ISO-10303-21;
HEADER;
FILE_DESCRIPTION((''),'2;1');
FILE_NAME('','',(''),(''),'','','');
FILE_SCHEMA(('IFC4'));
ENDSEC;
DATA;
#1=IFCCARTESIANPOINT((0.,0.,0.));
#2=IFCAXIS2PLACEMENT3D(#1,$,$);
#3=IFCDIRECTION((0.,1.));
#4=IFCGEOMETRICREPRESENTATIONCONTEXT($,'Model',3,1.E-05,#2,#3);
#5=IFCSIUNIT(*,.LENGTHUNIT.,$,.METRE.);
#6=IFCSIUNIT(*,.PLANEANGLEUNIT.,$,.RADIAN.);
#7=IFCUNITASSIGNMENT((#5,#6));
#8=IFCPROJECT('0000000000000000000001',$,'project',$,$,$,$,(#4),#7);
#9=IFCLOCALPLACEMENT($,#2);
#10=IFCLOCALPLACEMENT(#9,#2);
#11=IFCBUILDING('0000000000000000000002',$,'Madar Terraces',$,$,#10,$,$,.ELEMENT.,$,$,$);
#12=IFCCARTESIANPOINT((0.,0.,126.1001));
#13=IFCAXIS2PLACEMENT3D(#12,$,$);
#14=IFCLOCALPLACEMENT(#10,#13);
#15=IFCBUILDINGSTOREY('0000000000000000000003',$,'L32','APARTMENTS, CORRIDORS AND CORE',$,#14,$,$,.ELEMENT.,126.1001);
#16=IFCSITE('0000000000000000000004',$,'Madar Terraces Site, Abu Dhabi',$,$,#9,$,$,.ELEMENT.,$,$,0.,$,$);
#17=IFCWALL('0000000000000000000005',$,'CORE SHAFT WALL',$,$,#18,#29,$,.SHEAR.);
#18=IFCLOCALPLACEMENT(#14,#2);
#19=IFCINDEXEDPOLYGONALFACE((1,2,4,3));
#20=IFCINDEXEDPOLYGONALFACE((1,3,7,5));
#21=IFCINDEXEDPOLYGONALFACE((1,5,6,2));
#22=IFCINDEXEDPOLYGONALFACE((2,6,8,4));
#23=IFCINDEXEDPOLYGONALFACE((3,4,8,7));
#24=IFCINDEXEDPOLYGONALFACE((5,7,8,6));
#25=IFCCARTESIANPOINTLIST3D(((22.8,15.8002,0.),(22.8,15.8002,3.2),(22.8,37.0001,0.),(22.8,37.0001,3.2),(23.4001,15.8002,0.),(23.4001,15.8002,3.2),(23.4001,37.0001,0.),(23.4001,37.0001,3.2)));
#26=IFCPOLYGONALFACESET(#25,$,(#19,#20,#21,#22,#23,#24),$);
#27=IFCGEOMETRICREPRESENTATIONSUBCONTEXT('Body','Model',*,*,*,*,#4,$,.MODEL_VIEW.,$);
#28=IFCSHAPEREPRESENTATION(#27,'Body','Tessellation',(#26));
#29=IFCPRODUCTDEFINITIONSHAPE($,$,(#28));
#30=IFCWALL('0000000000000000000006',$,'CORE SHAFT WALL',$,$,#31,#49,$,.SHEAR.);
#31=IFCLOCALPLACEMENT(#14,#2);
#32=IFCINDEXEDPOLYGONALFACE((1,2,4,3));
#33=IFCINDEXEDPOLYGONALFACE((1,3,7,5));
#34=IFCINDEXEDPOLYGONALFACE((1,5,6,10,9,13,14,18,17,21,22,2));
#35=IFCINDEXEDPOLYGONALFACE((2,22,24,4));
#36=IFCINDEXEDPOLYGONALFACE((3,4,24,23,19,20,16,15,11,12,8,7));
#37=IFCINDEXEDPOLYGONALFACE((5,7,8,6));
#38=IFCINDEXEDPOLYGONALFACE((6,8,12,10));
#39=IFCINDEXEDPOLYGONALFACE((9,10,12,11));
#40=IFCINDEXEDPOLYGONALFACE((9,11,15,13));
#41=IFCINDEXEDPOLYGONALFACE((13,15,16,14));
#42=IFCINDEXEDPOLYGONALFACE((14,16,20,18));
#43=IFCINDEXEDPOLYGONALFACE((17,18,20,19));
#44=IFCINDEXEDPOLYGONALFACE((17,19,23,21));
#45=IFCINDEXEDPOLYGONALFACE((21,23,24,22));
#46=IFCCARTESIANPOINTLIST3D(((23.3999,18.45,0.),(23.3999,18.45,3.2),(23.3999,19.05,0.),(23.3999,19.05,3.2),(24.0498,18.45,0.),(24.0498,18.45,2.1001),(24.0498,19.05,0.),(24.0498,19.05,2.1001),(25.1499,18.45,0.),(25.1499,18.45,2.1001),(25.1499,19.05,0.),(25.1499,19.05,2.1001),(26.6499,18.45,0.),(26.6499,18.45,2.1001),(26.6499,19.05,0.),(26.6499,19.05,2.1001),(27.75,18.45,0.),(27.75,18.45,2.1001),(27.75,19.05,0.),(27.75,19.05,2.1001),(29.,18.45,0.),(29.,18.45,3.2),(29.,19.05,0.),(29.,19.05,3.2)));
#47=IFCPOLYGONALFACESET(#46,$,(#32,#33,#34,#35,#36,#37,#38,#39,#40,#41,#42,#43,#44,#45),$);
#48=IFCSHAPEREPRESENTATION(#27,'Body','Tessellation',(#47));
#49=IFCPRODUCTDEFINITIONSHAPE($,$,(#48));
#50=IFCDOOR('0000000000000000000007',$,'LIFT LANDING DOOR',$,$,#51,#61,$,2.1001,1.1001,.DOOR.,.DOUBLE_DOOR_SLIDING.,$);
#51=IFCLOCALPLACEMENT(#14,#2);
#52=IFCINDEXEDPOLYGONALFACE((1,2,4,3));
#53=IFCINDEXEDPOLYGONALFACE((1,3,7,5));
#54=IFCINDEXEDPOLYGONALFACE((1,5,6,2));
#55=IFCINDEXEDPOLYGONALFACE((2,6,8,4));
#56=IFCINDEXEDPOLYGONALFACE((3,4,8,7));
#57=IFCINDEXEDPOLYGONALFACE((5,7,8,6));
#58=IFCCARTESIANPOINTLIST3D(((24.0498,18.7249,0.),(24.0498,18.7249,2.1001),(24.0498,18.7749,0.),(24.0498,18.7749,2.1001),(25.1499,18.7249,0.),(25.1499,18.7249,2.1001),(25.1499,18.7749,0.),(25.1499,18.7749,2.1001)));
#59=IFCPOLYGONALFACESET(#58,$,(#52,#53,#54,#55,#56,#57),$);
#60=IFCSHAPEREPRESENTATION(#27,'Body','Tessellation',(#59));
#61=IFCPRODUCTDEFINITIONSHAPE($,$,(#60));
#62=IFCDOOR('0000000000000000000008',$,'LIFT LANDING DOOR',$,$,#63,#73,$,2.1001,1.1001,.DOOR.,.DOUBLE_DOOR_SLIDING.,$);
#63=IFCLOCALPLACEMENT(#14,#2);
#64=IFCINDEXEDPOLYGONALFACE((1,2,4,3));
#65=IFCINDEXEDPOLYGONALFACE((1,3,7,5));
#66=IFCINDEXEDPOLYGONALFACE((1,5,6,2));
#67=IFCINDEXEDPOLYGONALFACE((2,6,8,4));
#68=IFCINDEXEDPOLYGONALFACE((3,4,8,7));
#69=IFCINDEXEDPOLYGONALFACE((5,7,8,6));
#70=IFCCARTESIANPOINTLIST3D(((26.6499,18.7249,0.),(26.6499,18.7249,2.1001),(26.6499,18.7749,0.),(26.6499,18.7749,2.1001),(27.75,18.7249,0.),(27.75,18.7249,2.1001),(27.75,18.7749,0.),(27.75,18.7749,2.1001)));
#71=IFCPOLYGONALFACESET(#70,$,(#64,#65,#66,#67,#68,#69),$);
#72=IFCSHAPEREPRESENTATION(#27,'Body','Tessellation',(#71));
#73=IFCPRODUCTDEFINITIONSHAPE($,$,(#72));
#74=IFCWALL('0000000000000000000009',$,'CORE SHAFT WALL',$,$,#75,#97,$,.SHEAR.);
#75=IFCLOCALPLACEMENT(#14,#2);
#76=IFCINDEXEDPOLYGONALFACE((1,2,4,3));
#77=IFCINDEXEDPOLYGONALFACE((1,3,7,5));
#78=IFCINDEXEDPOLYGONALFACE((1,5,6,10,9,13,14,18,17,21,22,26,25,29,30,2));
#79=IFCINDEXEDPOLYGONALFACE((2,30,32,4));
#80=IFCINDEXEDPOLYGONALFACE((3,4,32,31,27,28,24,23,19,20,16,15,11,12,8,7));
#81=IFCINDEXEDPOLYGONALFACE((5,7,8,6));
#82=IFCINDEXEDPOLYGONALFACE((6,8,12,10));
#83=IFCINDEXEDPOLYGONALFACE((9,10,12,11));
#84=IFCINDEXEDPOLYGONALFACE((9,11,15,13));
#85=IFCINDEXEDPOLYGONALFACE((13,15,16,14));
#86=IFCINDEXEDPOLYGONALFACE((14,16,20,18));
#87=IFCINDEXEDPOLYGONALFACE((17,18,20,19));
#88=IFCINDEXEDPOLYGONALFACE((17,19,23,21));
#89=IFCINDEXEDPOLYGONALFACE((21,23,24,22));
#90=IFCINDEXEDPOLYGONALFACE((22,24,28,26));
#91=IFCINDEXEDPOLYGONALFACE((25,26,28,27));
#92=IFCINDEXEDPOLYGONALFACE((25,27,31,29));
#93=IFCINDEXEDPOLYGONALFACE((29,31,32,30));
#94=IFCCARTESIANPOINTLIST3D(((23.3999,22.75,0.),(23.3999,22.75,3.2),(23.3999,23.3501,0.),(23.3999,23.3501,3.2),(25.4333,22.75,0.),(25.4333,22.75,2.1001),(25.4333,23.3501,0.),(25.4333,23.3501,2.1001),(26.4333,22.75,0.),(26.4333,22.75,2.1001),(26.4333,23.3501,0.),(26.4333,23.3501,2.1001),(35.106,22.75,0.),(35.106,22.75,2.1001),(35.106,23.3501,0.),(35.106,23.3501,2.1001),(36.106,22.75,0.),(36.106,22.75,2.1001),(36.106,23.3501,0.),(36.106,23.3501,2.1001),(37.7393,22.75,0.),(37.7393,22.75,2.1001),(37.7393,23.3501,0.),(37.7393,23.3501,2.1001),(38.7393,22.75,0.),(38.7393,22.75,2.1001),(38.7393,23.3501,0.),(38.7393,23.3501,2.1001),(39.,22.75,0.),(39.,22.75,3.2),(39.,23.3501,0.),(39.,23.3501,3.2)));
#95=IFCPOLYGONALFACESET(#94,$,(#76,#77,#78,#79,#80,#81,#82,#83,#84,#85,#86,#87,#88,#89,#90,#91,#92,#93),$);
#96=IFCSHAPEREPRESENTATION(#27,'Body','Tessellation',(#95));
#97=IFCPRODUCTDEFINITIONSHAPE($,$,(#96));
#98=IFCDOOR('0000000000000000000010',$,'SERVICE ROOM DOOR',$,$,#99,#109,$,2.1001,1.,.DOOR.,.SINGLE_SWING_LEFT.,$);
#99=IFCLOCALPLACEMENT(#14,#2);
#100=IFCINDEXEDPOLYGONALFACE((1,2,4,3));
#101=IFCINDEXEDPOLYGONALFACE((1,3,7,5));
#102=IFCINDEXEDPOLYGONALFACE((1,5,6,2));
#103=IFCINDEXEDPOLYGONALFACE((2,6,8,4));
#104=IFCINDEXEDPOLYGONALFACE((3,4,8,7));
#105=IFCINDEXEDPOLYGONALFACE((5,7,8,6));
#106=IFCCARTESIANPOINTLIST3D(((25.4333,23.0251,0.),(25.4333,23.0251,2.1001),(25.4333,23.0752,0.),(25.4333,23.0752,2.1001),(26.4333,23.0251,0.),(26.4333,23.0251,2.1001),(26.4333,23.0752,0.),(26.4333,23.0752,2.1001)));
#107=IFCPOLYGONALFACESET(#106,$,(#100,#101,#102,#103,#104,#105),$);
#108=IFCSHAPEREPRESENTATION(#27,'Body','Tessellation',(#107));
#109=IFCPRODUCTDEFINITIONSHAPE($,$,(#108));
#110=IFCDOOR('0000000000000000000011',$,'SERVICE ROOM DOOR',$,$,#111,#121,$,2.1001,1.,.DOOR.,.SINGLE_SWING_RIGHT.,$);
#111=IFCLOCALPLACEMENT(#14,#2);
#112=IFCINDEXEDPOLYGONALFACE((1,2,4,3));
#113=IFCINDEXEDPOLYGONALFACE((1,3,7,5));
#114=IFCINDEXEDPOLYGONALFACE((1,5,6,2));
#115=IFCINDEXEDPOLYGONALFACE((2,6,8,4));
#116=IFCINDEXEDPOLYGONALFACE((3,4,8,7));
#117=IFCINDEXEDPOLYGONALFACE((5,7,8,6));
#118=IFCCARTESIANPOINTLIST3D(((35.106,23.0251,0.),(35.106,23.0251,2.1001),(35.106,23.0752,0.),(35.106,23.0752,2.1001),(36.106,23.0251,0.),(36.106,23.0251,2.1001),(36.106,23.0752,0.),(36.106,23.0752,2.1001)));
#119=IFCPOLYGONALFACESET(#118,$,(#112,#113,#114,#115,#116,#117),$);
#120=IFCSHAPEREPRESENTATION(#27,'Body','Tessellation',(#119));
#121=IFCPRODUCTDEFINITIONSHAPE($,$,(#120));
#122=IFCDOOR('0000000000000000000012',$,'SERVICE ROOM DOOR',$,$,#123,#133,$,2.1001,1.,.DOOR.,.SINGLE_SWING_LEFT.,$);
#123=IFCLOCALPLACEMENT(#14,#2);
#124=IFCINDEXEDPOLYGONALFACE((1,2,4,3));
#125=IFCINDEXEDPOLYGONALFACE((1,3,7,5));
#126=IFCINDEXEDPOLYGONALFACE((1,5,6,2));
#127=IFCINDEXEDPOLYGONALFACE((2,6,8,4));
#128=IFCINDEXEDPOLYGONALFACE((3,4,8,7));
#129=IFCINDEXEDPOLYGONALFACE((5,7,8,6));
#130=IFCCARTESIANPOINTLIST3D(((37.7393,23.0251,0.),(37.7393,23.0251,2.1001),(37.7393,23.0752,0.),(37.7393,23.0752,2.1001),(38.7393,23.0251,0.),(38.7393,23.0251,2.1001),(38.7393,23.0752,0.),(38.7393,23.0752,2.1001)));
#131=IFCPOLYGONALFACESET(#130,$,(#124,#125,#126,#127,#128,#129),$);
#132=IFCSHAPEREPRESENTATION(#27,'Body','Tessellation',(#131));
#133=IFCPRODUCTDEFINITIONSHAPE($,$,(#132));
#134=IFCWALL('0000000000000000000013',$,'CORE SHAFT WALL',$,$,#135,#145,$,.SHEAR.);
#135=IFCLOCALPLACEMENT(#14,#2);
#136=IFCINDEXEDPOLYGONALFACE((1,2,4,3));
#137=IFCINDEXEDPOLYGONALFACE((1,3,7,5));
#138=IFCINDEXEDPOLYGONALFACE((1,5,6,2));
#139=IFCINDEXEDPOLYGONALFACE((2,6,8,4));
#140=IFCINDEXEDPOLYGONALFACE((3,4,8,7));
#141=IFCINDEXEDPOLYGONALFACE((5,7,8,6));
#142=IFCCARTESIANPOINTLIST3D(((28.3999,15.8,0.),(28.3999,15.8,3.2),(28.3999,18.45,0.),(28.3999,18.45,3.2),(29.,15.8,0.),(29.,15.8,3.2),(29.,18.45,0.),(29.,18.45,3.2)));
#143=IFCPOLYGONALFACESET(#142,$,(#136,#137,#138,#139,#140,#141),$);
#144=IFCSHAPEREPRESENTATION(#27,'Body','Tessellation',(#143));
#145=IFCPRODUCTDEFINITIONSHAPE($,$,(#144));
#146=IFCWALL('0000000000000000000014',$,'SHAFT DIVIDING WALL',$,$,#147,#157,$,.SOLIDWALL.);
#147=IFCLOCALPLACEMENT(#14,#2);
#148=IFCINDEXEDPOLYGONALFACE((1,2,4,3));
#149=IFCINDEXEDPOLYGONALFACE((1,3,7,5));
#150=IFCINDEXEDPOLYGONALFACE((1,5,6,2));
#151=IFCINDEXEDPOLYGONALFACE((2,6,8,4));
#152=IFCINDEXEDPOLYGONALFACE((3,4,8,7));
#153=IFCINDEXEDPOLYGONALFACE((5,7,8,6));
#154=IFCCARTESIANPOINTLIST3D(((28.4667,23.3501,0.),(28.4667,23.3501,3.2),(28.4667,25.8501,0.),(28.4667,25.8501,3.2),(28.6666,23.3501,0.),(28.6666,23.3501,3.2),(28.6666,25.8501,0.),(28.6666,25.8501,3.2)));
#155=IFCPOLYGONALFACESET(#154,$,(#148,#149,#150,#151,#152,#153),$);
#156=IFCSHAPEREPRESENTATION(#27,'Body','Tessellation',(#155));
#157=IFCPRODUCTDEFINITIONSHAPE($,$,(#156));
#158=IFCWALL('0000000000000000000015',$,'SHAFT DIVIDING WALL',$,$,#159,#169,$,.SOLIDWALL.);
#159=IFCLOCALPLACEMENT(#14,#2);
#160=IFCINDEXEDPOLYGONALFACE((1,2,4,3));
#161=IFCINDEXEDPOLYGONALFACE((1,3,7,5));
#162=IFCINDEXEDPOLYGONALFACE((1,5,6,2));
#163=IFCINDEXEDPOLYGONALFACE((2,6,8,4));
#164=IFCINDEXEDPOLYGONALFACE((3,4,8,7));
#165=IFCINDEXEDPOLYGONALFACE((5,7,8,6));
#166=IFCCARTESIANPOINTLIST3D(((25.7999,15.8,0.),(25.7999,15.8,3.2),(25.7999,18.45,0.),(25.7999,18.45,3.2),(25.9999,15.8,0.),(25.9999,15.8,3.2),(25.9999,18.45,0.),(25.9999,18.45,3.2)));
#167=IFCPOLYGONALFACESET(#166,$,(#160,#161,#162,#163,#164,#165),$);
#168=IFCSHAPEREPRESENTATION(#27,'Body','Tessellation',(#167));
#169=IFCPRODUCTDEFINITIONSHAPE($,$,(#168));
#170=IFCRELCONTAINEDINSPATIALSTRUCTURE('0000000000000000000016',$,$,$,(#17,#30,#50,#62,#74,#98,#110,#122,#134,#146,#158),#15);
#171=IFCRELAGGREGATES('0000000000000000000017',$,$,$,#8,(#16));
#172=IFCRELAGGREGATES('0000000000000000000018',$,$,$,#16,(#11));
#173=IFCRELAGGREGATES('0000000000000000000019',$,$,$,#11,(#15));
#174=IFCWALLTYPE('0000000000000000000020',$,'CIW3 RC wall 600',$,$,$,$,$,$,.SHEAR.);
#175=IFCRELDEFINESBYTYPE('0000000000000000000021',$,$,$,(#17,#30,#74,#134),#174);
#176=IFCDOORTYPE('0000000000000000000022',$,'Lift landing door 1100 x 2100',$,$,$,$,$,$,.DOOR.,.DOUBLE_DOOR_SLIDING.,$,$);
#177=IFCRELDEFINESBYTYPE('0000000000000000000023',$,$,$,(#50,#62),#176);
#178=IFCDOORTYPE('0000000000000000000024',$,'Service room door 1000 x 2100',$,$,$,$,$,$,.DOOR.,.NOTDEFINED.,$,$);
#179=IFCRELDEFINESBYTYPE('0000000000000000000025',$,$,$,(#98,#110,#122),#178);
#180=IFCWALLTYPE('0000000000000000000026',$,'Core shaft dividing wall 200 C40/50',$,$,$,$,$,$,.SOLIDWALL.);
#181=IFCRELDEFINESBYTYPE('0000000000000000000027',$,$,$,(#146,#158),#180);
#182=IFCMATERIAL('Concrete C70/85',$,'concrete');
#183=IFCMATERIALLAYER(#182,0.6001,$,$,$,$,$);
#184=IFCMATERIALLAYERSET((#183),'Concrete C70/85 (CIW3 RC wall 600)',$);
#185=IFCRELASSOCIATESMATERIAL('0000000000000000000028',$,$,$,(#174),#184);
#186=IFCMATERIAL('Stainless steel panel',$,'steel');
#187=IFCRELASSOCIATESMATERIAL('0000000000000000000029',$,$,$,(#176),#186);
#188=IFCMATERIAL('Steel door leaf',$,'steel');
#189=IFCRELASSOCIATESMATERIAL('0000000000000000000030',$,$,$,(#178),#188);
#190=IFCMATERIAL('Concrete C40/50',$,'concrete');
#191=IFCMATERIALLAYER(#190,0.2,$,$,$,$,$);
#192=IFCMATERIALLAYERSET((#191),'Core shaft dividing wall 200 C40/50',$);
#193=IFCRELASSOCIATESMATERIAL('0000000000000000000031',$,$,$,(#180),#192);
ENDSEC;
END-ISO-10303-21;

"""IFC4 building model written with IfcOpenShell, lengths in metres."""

from ifc_helpers import new_model, si_unit, direction, frame, frame_2d, origin, place, context, subcontext, project, spatial, rectangle, extrude, material, layer, layer_set, type_object, element, fill, save


model = new_model("IFC4")

# Units and contexts
model_context = context("Model", 3, precision=1e-05, world=origin(), true_north=direction((0.0, 1.0)))
body_context = subcontext(model_context, "Body", "Model", "MODEL_VIEW")
ifc_project = project(units=[si_unit("LENGTHUNIT", "METRE"), si_unit("PLANEANGLEUNIT", "RADIAN")], contexts=[model_context])

# Site, building, storey
site_placement = place(None, origin())
site = spatial("IfcSite", under=ifc_project, at=site_placement, Name="Madar Terraces Site, Abu Dhabi", CompositionType="ELEMENT", RefElevation=0.0)
building_placement = place(site_placement, origin())
building = spatial("IfcBuilding", under=site, at=building_placement, Name="Madar Terraces", CompositionType="ELEMENT")
storey_placement = place(building_placement, frame((0.0, 0.0, 126.1001)))
storey = spatial("IfcBuildingStorey", under=building, at=storey_placement, Name="L32", Description="APARTMENTS, CORRIDORS AND CORE", CompositionType="ELEMENT", Elevation=126.1001)

# Wall
ifc_material_1 = material(Name="Concrete C70/85", Category="concrete")
ifc_layer_1 = layer(ifc_material_1, 0.6001)
ifc_layer_set_1 = layer_set([ifc_layer_1], Name="Concrete C70/85 (CIW3 RC wall 600)")
wall_type_1 = type_object("IfcWallType", Name="CIW3 RC wall 600", PredefinedType="SHEAR", material=ifc_layer_set_1)
wall_1_placement = place(storey_placement, frame((23.1001, 15.8, 0.0), z_axis=(0.0, 0.0, 1.0), x_axis=(0.0, 1.0, 0.0)))
element("IfcWall", 1, at=wall_1_placement, inside=storey, type_object=wall_type_1, Name="CORE SHAFT WALL", PredefinedType="SHEAR", context=body_context, shape_type="SweptSolid", body=[
    extrude(rectangle(XDim=21.2, YDim=0.6001, at=frame_2d((10.6001, 0.0))), origin(), (0.0, 0.0, 1.0), 3.2),
])

# Walls, openings, doors
wall_2_placement = place(storey_placement, frame((23.3999, 18.75, 0.0), z_axis=(0.0, 0.0, 1.0), x_axis=(1.0, 0.0, 0.0)))
wall_2 = element("IfcWall", 2, at=wall_2_placement, inside=storey, type_object=wall_type_1, Name="CORE SHAFT WALL", PredefinedType="SHEAR", context=body_context, shape_type="SweptSolid", body=[
    extrude(rectangle(XDim=5.6001, YDim=0.6001, at=frame_2d((2.8, 0.0))), origin(), (0.0, 0.0, 1.0), 3.2),
])
opening_1_placement = place(wall_2_placement, frame((0.6499, 0.0, 0.0)))
opening_1 = element("IfcOpeningElement", 3, at=opening_1_placement, cuts=wall_2, PredefinedType="OPENING", context=body_context, shape_type="SweptSolid", body=[
    extrude(rectangle(XDim=1.1001, YDim=2.1001, at=frame_2d((0.55, 1.05))), frame((0.0, 0.3101, 0.0), z_axis=(0.0, -1.0, 0.0), x_axis=(1.0, 0.0, 0.0)), (0.0, 0.0, 1.0), 0.6201),
])
opening_2_placement = place(wall_2_placement, frame((3.25, 0.0, 0.0)))
opening_2 = element("IfcOpeningElement", 4, at=opening_2_placement, cuts=wall_2, PredefinedType="OPENING", context=body_context, shape_type="SweptSolid", body=[
    extrude(rectangle(XDim=1.1001, YDim=2.1001, at=frame_2d((0.55, 1.05))), frame((0.0, 0.3101, 0.0), z_axis=(0.0, -1.0, 0.0), x_axis=(1.0, 0.0, 0.0)), (0.0, 0.0, 1.0), 0.6201),
])
ifc_material_2 = material(Name="Stainless steel panel", Category="steel")
door_type_1 = type_object("IfcDoorType", Name="Lift landing door 1100 x 2100", OperationType="DOUBLE_DOOR_SLIDING", PredefinedType="DOOR", material=ifc_material_2)
door_1_placement = place(opening_1_placement, origin())
door_1 = element("IfcDoor", 5, at=door_1_placement, inside=storey, type_object=door_type_1, Name="LIFT LANDING DOOR", OperationType="DOUBLE_DOOR_SLIDING", OverallHeight=2.1001, OverallWidth=1.1001, PredefinedType="DOOR", context=body_context, shape_type="SweptSolid", body=[
    extrude(rectangle(XDim=1.1001, YDim=2.1001, at=frame_2d((0.55, 1.05))), frame((0.0, 0.0249, 0.0), z_axis=(0.0, -1.0, 0.0), x_axis=(1.0, 0.0, 0.0)), (0.0, 0.0, 1.0), 0.05),
])
fill(opening_1, door_1)
door_2_placement = place(opening_2_placement, origin())
door_2 = element("IfcDoor", 6, at=door_2_placement, inside=storey, type_object=door_type_1, Name="LIFT LANDING DOOR", OperationType="DOUBLE_DOOR_SLIDING", OverallHeight=2.1001, OverallWidth=1.1001, PredefinedType="DOOR", context=body_context, shape_type="SweptSolid", body=[
    extrude(rectangle(XDim=1.1001, YDim=2.1001, at=frame_2d((0.55, 1.05))), frame((0.0, 0.0249, 0.0), z_axis=(0.0, -1.0, 0.0), x_axis=(1.0, 0.0, 0.0)), (0.0, 0.0, 1.0), 0.05),
])
fill(opening_2, door_2)
wall_3_placement = place(storey_placement, frame((23.3999, 23.05, 0.0), z_axis=(0.0, 0.0, 1.0), x_axis=(1.0, 0.0, 0.0)))
wall_3 = element("IfcWall", 7, at=wall_3_placement, inside=storey, type_object=wall_type_1, Name="CORE SHAFT WALL", PredefinedType="SHEAR", context=body_context, shape_type="SweptSolid", body=[
    extrude(rectangle(XDim=15.6001, YDim=0.6001, at=frame_2d((7.8, 0.0))), origin(), (0.0, 0.0, 1.0), 3.2),
])
opening_3_placement = place(wall_3_placement, frame((2.0334, 0.0, 0.0)))
opening_3 = element("IfcOpeningElement", 8, at=opening_3_placement, cuts=wall_3, PredefinedType="OPENING", context=body_context, shape_type="SweptSolid", body=[
    extrude(rectangle(XDim=1.0, YDim=2.1001, at=frame_2d((0.5, 1.05))), frame((0.0, 0.3101, 0.0), z_axis=(0.0, -1.0, 0.0), x_axis=(1.0, 0.0, 0.0)), (0.0, 0.0, 1.0), 0.6201),
])
opening_4_placement = place(wall_3_placement, frame((11.7061, 0.0, 0.0)))
opening_4 = element("IfcOpeningElement", 9, at=opening_4_placement, cuts=wall_3, PredefinedType="OPENING", context=body_context, shape_type="SweptSolid", body=[
    extrude(rectangle(XDim=1.0, YDim=2.1001, at=frame_2d((0.5, 1.05))), frame((0.0, 0.3101, 0.0), z_axis=(0.0, -1.0, 0.0), x_axis=(1.0, 0.0, 0.0)), (0.0, 0.0, 1.0), 0.6201),
])
opening_5_placement = place(wall_3_placement, frame((14.3394, 0.0, 0.0)))
opening_5 = element("IfcOpeningElement", 10, at=opening_5_placement, cuts=wall_3, PredefinedType="OPENING", context=body_context, shape_type="SweptSolid", body=[
    extrude(rectangle(XDim=1.0, YDim=2.1001, at=frame_2d((0.5, 1.05))), frame((0.0, 0.3101, 0.0), z_axis=(0.0, -1.0, 0.0), x_axis=(1.0, 0.0, 0.0)), (0.0, 0.0, 1.0), 0.6201),
])
ifc_material_3 = material(Name="Steel door leaf", Category="steel")
door_type_2 = type_object("IfcDoorType", Name="Service room door 1000 x 2100", OperationType="NOTDEFINED", PredefinedType="DOOR", material=ifc_material_3)
door_3_placement = place(opening_3_placement, frame((1.0, 0.0, 0.0), z_axis=(0.0, 0.0, 1.0), x_axis=(-1.0, 0.0, 0.0)))
door_3 = element("IfcDoor", 11, at=door_3_placement, inside=storey, type_object=door_type_2, Name="SERVICE ROOM DOOR", OperationType="SINGLE_SWING_LEFT", OverallHeight=2.1001, OverallWidth=1.0, PredefinedType="DOOR", context=body_context, shape_type="SweptSolid", body=[
    extrude(rectangle(XDim=1.0, YDim=2.1001, at=frame_2d((0.5, 1.05))), frame((0.0, 0.0249, 0.0), z_axis=(0.0, -1.0, 0.0), x_axis=(1.0, 0.0, 0.0)), (0.0, 0.0, 1.0), 0.05),
])
fill(opening_3, door_3)
door_4_placement = place(opening_4_placement, frame((1.0, 0.0, 0.0), z_axis=(0.0, 0.0, 1.0), x_axis=(-1.0, 0.0, 0.0)))
door_4 = element("IfcDoor", 12, at=door_4_placement, inside=storey, type_object=door_type_2, Name="SERVICE ROOM DOOR", OperationType="SINGLE_SWING_RIGHT", OverallHeight=2.1001, OverallWidth=1.0, PredefinedType="DOOR", context=body_context, shape_type="SweptSolid", body=[
    extrude(rectangle(XDim=1.0, YDim=2.1001, at=frame_2d((0.5, 1.05))), frame((0.0, 0.0249, 0.0), z_axis=(0.0, -1.0, 0.0), x_axis=(1.0, 0.0, 0.0)), (0.0, 0.0, 1.0), 0.05),
])
fill(opening_4, door_4)
door_5_placement = place(opening_5_placement, frame((1.0, 0.0, 0.0), z_axis=(0.0, 0.0, 1.0), x_axis=(-1.0, 0.0, 0.0)))
door_5 = element("IfcDoor", 13, at=door_5_placement, inside=storey, type_object=door_type_2, Name="SERVICE ROOM DOOR", OperationType="SINGLE_SWING_LEFT", OverallHeight=2.1001, OverallWidth=1.0, PredefinedType="DOOR", context=body_context, shape_type="SweptSolid", body=[
    extrude(rectangle(XDim=1.0, YDim=2.1001, at=frame_2d((0.5, 1.05))), frame((0.0, 0.0249, 0.0), z_axis=(0.0, -1.0, 0.0), x_axis=(1.0, 0.0, 0.0)), (0.0, 0.0, 1.0), 0.05),
])
fill(opening_5, door_5)

# Walls
wall_4_placement = place(storey_placement, frame((28.7, 15.8, 0.0), z_axis=(0.0, 0.0, 1.0), x_axis=(0.0, 1.0, 0.0)))
element("IfcWall", 14, at=wall_4_placement, inside=storey, type_object=wall_type_1, Name="CORE SHAFT WALL", PredefinedType="SHEAR", context=body_context, shape_type="SweptSolid", body=[
    extrude(rectangle(XDim=2.6499, YDim=0.6001, at=frame_2d((1.325, 0.0))), origin(), (0.0, 0.0, 1.0), 3.2),
])
ifc_material_4 = material(Name="Concrete C40/50", Category="concrete")
ifc_layer_2 = layer(ifc_material_4, 0.2)
ifc_layer_set_2 = layer_set([ifc_layer_2], Name="Core shaft dividing wall 200 C40/50")
wall_type_2 = type_object("IfcWallType", Name="Core shaft dividing wall 200 C40/50", PredefinedType="SOLIDWALL", material=ifc_layer_set_2)
wall_5_placement = place(storey_placement, frame((28.5667, 23.3501, 0.0), z_axis=(0.0, 0.0, 1.0), x_axis=(0.0, 1.0, 0.0)))
element("IfcWall", 15, at=wall_5_placement, inside=storey, type_object=wall_type_2, Name="SHAFT DIVIDING WALL", PredefinedType="SOLIDWALL", context=body_context, shape_type="SweptSolid", body=[
    extrude(rectangle(XDim=2.5, YDim=0.2, at=frame_2d((1.25, 0.0))), origin(), (0.0, 0.0, 1.0), 3.2),
])
wall_6_placement = place(storey_placement, frame((25.8999, 15.8, 0.0), z_axis=(0.0, 0.0, 1.0), x_axis=(0.0, 1.0, 0.0)))
element("IfcWall", 16, at=wall_6_placement, inside=storey, type_object=wall_type_2, Name="SHAFT DIVIDING WALL", PredefinedType="SOLIDWALL", context=body_context, shape_type="SweptSolid", body=[
    extrude(rectangle(XDim=2.6499, YDim=0.2, at=frame_2d((1.325, 0.0))), origin(), (0.0, 0.0, 1.0), 3.2),
])

save(model, "model.ifc")
